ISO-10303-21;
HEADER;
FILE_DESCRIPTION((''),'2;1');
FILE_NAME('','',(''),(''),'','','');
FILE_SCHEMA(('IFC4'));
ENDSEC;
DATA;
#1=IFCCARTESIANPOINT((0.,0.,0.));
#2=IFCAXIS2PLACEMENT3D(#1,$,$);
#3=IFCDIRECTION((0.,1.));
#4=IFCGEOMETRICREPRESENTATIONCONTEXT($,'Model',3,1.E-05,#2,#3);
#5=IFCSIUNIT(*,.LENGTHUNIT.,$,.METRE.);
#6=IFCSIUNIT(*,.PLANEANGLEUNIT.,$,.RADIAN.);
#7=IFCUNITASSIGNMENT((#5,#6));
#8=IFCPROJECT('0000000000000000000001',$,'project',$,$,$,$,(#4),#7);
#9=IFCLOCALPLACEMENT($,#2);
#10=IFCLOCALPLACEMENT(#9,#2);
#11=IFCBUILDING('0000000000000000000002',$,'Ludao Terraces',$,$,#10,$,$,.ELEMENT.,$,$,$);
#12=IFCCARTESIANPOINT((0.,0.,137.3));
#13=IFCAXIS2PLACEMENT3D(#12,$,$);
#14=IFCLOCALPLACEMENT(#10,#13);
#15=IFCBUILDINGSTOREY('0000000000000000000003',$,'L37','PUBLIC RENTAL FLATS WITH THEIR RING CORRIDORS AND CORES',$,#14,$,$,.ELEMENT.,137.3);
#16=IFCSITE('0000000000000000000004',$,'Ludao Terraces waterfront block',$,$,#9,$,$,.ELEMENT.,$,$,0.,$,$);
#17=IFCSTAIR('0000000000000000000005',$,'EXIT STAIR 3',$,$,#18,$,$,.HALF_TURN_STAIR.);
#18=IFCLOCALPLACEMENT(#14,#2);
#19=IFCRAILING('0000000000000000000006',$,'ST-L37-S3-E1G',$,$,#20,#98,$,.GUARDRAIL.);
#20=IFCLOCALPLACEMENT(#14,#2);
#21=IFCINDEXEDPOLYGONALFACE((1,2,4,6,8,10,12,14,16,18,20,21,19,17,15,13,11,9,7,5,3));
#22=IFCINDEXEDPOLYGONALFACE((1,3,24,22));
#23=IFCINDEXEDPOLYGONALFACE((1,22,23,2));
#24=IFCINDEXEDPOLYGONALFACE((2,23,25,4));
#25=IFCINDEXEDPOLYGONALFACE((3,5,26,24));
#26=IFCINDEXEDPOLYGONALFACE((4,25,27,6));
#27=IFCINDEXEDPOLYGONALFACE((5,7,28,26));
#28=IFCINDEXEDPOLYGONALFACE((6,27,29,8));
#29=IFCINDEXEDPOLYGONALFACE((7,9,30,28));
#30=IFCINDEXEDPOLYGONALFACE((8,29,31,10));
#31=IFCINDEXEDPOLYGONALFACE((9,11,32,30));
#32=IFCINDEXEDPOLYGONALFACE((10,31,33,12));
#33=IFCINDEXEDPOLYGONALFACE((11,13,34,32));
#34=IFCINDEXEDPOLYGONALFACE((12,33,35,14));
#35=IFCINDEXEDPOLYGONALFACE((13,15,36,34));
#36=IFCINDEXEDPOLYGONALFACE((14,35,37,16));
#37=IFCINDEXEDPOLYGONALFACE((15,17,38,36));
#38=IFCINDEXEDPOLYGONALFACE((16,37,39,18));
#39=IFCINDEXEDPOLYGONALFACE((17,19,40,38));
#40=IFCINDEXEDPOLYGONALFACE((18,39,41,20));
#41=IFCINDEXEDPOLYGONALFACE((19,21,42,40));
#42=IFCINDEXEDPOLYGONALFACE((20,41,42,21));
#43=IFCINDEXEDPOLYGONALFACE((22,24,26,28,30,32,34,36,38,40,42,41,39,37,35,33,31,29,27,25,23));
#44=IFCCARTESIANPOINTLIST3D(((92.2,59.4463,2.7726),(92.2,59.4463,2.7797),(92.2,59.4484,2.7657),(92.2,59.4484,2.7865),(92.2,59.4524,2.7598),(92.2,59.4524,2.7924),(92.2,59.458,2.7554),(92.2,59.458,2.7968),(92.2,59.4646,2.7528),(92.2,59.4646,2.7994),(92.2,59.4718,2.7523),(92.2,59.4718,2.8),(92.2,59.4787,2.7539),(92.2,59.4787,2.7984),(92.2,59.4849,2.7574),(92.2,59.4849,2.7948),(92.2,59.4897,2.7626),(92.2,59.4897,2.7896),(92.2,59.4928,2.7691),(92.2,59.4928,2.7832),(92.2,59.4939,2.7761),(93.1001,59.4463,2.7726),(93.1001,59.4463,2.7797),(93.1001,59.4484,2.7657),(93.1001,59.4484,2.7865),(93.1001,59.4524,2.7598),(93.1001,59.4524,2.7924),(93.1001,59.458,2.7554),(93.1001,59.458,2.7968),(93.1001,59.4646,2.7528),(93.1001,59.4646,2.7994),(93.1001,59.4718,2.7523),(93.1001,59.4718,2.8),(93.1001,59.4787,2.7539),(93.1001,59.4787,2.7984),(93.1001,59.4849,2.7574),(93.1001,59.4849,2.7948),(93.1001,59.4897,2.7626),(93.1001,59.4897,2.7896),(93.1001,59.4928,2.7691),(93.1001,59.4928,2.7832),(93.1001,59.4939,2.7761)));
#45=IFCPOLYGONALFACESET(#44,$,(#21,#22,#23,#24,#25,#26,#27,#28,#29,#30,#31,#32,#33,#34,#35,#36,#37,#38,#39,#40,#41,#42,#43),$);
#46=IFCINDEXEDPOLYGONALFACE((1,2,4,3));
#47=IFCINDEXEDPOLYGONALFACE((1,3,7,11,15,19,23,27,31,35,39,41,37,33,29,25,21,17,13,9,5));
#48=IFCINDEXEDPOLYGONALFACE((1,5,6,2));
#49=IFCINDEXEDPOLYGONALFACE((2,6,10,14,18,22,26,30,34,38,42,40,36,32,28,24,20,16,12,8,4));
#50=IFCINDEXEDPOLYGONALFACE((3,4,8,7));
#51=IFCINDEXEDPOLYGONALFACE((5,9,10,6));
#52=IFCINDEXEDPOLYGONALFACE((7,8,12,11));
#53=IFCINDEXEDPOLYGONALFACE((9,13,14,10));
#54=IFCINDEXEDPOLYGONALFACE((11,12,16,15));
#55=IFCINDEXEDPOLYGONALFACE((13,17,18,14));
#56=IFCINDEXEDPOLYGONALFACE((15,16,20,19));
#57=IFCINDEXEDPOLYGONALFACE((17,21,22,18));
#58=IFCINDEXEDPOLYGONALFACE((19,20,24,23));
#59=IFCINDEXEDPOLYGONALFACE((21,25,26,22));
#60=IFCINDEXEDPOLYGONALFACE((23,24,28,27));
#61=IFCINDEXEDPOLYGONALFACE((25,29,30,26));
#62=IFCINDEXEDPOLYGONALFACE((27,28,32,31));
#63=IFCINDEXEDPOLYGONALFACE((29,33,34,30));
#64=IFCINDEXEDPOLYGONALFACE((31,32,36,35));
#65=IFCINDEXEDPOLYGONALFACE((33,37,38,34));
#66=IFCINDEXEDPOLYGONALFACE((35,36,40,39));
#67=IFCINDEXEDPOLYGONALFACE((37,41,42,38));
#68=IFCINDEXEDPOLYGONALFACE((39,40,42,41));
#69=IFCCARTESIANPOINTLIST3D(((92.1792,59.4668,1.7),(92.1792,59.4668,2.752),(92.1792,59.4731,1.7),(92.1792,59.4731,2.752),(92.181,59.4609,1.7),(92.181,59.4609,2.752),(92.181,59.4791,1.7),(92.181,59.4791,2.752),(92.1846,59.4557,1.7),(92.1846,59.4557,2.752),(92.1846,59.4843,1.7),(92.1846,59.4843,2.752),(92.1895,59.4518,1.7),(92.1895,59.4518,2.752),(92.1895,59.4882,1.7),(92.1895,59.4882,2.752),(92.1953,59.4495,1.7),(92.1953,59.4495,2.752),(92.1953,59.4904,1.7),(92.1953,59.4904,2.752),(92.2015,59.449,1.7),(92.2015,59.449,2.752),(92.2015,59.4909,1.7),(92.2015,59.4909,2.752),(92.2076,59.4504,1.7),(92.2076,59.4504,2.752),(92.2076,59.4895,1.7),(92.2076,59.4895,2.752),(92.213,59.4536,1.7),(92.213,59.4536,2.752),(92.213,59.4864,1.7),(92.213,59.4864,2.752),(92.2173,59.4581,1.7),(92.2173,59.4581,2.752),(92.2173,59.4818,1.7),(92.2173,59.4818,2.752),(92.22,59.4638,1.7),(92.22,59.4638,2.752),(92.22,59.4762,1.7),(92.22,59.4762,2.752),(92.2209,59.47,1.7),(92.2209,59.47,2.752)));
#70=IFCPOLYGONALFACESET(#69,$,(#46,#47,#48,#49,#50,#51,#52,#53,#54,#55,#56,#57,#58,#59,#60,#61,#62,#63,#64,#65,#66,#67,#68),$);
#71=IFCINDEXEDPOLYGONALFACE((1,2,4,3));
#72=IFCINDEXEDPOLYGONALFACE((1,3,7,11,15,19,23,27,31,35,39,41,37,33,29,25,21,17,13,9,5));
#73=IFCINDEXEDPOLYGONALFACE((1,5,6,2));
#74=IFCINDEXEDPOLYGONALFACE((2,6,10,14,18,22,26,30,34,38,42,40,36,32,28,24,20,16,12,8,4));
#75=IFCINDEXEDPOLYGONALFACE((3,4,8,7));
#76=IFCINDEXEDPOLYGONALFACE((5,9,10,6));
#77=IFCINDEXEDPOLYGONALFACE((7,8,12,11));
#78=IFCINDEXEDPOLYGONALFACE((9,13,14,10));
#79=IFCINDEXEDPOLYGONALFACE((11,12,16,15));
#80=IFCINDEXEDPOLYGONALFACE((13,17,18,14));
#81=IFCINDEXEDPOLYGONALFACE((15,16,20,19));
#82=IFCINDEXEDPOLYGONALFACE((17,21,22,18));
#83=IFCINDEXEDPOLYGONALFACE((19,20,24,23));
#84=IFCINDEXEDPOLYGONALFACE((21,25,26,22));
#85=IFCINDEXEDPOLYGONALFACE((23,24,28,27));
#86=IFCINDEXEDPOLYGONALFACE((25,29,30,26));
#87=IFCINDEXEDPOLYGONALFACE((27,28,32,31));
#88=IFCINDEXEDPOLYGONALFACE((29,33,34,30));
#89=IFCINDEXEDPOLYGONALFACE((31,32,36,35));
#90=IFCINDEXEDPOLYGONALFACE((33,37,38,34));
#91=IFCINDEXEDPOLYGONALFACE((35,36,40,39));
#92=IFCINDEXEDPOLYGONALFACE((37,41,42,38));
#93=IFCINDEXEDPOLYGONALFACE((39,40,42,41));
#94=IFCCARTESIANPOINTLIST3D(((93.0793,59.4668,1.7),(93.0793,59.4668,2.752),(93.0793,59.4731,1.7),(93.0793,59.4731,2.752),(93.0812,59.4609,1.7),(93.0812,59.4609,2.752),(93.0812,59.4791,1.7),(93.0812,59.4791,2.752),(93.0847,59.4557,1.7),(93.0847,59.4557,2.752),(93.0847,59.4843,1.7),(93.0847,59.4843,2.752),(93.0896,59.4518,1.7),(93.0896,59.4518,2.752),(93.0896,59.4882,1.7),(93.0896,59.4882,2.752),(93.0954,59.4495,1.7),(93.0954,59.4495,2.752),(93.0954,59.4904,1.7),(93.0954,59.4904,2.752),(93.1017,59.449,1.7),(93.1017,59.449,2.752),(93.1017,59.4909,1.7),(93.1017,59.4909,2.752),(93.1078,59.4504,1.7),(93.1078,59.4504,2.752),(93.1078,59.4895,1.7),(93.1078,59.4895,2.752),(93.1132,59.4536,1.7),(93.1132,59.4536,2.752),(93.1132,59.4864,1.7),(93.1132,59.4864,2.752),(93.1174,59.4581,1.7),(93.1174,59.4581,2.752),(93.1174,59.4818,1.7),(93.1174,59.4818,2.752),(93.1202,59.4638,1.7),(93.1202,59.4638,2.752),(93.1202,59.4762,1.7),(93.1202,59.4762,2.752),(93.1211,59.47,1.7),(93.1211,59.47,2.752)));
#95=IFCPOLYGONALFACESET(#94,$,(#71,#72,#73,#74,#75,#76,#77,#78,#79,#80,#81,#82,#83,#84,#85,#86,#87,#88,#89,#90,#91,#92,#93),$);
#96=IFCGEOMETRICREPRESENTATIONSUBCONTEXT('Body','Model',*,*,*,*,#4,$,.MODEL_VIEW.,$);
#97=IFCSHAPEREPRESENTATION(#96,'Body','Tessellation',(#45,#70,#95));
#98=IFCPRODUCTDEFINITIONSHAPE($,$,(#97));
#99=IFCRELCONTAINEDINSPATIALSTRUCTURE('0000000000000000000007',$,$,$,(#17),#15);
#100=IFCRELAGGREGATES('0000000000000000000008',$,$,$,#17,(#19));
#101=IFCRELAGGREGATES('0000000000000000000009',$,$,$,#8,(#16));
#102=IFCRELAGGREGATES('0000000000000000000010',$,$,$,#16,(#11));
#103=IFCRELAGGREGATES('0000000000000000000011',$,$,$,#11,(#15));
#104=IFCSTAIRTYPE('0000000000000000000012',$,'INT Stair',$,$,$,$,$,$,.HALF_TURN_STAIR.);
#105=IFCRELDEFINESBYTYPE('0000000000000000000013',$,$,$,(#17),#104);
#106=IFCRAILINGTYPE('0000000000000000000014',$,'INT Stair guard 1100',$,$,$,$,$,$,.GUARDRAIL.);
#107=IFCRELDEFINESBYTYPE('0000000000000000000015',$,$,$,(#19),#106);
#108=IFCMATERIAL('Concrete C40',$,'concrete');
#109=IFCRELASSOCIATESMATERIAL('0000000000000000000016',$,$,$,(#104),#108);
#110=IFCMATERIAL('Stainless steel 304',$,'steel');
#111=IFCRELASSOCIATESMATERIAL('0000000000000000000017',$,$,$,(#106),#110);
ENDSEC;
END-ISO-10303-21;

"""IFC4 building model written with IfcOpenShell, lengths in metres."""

from ifc_helpers import new_model, si_unit, direction, frame, origin, origin_2d, place, context, subcontext, project, spatial, circle, extrude, material, type_object, element, aggregate, save


model = new_model("IFC4")

# Units and contexts
model_context = context("Model", 3, precision=1e-05, world=origin(), true_north=direction((0.0, 1.0)))
body_context = subcontext(model_context, "Body", "Model", "MODEL_VIEW")
ifc_project = project(units=[si_unit("LENGTHUNIT", "METRE"), si_unit("PLANEANGLEUNIT", "RADIAN")], contexts=[model_context])

# Site, building, storey
site_placement = place(None, origin())
site = spatial("IfcSite", under=ifc_project, at=site_placement, Name="Ludao Terraces waterfront block", CompositionType="ELEMENT", RefElevation=0.0)
building_placement = place(site_placement, origin())
building = spatial("IfcBuilding", under=site, at=building_placement, Name="Ludao Terraces", CompositionType="ELEMENT")
storey_placement = place(building_placement, frame((0.0, 0.0, 137.3)))
storey = spatial("IfcBuildingStorey", under=building, at=storey_placement, Name="L37", Description="PUBLIC RENTAL FLATS WITH THEIR RING CORRIDORS AND CORES", CompositionType="ELEMENT", Elevation=137.3)

# Shared definitions
ifc_material_1 = material(Name="Concrete C40", Category="concrete")

# Stair, railing
stair_type = type_object("IfcStairType", Name="INT Stair", PredefinedType="HALF_TURN_STAIR", material=ifc_material_1)
stair_placement = place(storey_placement, origin())
stair = element("IfcStair", 1, at=stair_placement, inside=storey, type_object=stair_type, Name="EXIT STAIR 3", PredefinedType="HALF_TURN_STAIR")
ifc_material_2 = material(Name="Stainless steel 304", Category="steel")
railing_type_1 = type_object("IfcRailingType", Name="INT Stair guard 1100", PredefinedType="GUARDRAIL", material=ifc_material_2)
railing_1_placement = place(storey_placement, frame((92.2, 59.47, 1.7)))
railing_1 = element("IfcRailing", 2, at=railing_1_placement, type_object=railing_type_1, Name="ST-L37-S3-E1G", PredefinedType="GUARDRAIL", context=body_context, shape_type="SweptSolid", body=[
    extrude(circle(Radius=0.0239, at=origin_2d()), frame((0.0, 0.0, 1.0762), z_axis=(1.0, 0.0, 0.0), x_axis=(0.0, 1.0, 0.0)), (0.0, 0.0, 1.0), 0.9001),
    extrude(circle(Radius=0.021, at=origin_2d()), origin(), (0.0, 0.0, 1.0), 1.052),
    extrude(circle(Radius=0.021, at=origin_2d()), frame((0.9001, 0.0, 0.0)), (0.0, 0.0, 1.0), 1.052),
])
aggregate(stair, [railing_1])

save(model, "model.ifc")
